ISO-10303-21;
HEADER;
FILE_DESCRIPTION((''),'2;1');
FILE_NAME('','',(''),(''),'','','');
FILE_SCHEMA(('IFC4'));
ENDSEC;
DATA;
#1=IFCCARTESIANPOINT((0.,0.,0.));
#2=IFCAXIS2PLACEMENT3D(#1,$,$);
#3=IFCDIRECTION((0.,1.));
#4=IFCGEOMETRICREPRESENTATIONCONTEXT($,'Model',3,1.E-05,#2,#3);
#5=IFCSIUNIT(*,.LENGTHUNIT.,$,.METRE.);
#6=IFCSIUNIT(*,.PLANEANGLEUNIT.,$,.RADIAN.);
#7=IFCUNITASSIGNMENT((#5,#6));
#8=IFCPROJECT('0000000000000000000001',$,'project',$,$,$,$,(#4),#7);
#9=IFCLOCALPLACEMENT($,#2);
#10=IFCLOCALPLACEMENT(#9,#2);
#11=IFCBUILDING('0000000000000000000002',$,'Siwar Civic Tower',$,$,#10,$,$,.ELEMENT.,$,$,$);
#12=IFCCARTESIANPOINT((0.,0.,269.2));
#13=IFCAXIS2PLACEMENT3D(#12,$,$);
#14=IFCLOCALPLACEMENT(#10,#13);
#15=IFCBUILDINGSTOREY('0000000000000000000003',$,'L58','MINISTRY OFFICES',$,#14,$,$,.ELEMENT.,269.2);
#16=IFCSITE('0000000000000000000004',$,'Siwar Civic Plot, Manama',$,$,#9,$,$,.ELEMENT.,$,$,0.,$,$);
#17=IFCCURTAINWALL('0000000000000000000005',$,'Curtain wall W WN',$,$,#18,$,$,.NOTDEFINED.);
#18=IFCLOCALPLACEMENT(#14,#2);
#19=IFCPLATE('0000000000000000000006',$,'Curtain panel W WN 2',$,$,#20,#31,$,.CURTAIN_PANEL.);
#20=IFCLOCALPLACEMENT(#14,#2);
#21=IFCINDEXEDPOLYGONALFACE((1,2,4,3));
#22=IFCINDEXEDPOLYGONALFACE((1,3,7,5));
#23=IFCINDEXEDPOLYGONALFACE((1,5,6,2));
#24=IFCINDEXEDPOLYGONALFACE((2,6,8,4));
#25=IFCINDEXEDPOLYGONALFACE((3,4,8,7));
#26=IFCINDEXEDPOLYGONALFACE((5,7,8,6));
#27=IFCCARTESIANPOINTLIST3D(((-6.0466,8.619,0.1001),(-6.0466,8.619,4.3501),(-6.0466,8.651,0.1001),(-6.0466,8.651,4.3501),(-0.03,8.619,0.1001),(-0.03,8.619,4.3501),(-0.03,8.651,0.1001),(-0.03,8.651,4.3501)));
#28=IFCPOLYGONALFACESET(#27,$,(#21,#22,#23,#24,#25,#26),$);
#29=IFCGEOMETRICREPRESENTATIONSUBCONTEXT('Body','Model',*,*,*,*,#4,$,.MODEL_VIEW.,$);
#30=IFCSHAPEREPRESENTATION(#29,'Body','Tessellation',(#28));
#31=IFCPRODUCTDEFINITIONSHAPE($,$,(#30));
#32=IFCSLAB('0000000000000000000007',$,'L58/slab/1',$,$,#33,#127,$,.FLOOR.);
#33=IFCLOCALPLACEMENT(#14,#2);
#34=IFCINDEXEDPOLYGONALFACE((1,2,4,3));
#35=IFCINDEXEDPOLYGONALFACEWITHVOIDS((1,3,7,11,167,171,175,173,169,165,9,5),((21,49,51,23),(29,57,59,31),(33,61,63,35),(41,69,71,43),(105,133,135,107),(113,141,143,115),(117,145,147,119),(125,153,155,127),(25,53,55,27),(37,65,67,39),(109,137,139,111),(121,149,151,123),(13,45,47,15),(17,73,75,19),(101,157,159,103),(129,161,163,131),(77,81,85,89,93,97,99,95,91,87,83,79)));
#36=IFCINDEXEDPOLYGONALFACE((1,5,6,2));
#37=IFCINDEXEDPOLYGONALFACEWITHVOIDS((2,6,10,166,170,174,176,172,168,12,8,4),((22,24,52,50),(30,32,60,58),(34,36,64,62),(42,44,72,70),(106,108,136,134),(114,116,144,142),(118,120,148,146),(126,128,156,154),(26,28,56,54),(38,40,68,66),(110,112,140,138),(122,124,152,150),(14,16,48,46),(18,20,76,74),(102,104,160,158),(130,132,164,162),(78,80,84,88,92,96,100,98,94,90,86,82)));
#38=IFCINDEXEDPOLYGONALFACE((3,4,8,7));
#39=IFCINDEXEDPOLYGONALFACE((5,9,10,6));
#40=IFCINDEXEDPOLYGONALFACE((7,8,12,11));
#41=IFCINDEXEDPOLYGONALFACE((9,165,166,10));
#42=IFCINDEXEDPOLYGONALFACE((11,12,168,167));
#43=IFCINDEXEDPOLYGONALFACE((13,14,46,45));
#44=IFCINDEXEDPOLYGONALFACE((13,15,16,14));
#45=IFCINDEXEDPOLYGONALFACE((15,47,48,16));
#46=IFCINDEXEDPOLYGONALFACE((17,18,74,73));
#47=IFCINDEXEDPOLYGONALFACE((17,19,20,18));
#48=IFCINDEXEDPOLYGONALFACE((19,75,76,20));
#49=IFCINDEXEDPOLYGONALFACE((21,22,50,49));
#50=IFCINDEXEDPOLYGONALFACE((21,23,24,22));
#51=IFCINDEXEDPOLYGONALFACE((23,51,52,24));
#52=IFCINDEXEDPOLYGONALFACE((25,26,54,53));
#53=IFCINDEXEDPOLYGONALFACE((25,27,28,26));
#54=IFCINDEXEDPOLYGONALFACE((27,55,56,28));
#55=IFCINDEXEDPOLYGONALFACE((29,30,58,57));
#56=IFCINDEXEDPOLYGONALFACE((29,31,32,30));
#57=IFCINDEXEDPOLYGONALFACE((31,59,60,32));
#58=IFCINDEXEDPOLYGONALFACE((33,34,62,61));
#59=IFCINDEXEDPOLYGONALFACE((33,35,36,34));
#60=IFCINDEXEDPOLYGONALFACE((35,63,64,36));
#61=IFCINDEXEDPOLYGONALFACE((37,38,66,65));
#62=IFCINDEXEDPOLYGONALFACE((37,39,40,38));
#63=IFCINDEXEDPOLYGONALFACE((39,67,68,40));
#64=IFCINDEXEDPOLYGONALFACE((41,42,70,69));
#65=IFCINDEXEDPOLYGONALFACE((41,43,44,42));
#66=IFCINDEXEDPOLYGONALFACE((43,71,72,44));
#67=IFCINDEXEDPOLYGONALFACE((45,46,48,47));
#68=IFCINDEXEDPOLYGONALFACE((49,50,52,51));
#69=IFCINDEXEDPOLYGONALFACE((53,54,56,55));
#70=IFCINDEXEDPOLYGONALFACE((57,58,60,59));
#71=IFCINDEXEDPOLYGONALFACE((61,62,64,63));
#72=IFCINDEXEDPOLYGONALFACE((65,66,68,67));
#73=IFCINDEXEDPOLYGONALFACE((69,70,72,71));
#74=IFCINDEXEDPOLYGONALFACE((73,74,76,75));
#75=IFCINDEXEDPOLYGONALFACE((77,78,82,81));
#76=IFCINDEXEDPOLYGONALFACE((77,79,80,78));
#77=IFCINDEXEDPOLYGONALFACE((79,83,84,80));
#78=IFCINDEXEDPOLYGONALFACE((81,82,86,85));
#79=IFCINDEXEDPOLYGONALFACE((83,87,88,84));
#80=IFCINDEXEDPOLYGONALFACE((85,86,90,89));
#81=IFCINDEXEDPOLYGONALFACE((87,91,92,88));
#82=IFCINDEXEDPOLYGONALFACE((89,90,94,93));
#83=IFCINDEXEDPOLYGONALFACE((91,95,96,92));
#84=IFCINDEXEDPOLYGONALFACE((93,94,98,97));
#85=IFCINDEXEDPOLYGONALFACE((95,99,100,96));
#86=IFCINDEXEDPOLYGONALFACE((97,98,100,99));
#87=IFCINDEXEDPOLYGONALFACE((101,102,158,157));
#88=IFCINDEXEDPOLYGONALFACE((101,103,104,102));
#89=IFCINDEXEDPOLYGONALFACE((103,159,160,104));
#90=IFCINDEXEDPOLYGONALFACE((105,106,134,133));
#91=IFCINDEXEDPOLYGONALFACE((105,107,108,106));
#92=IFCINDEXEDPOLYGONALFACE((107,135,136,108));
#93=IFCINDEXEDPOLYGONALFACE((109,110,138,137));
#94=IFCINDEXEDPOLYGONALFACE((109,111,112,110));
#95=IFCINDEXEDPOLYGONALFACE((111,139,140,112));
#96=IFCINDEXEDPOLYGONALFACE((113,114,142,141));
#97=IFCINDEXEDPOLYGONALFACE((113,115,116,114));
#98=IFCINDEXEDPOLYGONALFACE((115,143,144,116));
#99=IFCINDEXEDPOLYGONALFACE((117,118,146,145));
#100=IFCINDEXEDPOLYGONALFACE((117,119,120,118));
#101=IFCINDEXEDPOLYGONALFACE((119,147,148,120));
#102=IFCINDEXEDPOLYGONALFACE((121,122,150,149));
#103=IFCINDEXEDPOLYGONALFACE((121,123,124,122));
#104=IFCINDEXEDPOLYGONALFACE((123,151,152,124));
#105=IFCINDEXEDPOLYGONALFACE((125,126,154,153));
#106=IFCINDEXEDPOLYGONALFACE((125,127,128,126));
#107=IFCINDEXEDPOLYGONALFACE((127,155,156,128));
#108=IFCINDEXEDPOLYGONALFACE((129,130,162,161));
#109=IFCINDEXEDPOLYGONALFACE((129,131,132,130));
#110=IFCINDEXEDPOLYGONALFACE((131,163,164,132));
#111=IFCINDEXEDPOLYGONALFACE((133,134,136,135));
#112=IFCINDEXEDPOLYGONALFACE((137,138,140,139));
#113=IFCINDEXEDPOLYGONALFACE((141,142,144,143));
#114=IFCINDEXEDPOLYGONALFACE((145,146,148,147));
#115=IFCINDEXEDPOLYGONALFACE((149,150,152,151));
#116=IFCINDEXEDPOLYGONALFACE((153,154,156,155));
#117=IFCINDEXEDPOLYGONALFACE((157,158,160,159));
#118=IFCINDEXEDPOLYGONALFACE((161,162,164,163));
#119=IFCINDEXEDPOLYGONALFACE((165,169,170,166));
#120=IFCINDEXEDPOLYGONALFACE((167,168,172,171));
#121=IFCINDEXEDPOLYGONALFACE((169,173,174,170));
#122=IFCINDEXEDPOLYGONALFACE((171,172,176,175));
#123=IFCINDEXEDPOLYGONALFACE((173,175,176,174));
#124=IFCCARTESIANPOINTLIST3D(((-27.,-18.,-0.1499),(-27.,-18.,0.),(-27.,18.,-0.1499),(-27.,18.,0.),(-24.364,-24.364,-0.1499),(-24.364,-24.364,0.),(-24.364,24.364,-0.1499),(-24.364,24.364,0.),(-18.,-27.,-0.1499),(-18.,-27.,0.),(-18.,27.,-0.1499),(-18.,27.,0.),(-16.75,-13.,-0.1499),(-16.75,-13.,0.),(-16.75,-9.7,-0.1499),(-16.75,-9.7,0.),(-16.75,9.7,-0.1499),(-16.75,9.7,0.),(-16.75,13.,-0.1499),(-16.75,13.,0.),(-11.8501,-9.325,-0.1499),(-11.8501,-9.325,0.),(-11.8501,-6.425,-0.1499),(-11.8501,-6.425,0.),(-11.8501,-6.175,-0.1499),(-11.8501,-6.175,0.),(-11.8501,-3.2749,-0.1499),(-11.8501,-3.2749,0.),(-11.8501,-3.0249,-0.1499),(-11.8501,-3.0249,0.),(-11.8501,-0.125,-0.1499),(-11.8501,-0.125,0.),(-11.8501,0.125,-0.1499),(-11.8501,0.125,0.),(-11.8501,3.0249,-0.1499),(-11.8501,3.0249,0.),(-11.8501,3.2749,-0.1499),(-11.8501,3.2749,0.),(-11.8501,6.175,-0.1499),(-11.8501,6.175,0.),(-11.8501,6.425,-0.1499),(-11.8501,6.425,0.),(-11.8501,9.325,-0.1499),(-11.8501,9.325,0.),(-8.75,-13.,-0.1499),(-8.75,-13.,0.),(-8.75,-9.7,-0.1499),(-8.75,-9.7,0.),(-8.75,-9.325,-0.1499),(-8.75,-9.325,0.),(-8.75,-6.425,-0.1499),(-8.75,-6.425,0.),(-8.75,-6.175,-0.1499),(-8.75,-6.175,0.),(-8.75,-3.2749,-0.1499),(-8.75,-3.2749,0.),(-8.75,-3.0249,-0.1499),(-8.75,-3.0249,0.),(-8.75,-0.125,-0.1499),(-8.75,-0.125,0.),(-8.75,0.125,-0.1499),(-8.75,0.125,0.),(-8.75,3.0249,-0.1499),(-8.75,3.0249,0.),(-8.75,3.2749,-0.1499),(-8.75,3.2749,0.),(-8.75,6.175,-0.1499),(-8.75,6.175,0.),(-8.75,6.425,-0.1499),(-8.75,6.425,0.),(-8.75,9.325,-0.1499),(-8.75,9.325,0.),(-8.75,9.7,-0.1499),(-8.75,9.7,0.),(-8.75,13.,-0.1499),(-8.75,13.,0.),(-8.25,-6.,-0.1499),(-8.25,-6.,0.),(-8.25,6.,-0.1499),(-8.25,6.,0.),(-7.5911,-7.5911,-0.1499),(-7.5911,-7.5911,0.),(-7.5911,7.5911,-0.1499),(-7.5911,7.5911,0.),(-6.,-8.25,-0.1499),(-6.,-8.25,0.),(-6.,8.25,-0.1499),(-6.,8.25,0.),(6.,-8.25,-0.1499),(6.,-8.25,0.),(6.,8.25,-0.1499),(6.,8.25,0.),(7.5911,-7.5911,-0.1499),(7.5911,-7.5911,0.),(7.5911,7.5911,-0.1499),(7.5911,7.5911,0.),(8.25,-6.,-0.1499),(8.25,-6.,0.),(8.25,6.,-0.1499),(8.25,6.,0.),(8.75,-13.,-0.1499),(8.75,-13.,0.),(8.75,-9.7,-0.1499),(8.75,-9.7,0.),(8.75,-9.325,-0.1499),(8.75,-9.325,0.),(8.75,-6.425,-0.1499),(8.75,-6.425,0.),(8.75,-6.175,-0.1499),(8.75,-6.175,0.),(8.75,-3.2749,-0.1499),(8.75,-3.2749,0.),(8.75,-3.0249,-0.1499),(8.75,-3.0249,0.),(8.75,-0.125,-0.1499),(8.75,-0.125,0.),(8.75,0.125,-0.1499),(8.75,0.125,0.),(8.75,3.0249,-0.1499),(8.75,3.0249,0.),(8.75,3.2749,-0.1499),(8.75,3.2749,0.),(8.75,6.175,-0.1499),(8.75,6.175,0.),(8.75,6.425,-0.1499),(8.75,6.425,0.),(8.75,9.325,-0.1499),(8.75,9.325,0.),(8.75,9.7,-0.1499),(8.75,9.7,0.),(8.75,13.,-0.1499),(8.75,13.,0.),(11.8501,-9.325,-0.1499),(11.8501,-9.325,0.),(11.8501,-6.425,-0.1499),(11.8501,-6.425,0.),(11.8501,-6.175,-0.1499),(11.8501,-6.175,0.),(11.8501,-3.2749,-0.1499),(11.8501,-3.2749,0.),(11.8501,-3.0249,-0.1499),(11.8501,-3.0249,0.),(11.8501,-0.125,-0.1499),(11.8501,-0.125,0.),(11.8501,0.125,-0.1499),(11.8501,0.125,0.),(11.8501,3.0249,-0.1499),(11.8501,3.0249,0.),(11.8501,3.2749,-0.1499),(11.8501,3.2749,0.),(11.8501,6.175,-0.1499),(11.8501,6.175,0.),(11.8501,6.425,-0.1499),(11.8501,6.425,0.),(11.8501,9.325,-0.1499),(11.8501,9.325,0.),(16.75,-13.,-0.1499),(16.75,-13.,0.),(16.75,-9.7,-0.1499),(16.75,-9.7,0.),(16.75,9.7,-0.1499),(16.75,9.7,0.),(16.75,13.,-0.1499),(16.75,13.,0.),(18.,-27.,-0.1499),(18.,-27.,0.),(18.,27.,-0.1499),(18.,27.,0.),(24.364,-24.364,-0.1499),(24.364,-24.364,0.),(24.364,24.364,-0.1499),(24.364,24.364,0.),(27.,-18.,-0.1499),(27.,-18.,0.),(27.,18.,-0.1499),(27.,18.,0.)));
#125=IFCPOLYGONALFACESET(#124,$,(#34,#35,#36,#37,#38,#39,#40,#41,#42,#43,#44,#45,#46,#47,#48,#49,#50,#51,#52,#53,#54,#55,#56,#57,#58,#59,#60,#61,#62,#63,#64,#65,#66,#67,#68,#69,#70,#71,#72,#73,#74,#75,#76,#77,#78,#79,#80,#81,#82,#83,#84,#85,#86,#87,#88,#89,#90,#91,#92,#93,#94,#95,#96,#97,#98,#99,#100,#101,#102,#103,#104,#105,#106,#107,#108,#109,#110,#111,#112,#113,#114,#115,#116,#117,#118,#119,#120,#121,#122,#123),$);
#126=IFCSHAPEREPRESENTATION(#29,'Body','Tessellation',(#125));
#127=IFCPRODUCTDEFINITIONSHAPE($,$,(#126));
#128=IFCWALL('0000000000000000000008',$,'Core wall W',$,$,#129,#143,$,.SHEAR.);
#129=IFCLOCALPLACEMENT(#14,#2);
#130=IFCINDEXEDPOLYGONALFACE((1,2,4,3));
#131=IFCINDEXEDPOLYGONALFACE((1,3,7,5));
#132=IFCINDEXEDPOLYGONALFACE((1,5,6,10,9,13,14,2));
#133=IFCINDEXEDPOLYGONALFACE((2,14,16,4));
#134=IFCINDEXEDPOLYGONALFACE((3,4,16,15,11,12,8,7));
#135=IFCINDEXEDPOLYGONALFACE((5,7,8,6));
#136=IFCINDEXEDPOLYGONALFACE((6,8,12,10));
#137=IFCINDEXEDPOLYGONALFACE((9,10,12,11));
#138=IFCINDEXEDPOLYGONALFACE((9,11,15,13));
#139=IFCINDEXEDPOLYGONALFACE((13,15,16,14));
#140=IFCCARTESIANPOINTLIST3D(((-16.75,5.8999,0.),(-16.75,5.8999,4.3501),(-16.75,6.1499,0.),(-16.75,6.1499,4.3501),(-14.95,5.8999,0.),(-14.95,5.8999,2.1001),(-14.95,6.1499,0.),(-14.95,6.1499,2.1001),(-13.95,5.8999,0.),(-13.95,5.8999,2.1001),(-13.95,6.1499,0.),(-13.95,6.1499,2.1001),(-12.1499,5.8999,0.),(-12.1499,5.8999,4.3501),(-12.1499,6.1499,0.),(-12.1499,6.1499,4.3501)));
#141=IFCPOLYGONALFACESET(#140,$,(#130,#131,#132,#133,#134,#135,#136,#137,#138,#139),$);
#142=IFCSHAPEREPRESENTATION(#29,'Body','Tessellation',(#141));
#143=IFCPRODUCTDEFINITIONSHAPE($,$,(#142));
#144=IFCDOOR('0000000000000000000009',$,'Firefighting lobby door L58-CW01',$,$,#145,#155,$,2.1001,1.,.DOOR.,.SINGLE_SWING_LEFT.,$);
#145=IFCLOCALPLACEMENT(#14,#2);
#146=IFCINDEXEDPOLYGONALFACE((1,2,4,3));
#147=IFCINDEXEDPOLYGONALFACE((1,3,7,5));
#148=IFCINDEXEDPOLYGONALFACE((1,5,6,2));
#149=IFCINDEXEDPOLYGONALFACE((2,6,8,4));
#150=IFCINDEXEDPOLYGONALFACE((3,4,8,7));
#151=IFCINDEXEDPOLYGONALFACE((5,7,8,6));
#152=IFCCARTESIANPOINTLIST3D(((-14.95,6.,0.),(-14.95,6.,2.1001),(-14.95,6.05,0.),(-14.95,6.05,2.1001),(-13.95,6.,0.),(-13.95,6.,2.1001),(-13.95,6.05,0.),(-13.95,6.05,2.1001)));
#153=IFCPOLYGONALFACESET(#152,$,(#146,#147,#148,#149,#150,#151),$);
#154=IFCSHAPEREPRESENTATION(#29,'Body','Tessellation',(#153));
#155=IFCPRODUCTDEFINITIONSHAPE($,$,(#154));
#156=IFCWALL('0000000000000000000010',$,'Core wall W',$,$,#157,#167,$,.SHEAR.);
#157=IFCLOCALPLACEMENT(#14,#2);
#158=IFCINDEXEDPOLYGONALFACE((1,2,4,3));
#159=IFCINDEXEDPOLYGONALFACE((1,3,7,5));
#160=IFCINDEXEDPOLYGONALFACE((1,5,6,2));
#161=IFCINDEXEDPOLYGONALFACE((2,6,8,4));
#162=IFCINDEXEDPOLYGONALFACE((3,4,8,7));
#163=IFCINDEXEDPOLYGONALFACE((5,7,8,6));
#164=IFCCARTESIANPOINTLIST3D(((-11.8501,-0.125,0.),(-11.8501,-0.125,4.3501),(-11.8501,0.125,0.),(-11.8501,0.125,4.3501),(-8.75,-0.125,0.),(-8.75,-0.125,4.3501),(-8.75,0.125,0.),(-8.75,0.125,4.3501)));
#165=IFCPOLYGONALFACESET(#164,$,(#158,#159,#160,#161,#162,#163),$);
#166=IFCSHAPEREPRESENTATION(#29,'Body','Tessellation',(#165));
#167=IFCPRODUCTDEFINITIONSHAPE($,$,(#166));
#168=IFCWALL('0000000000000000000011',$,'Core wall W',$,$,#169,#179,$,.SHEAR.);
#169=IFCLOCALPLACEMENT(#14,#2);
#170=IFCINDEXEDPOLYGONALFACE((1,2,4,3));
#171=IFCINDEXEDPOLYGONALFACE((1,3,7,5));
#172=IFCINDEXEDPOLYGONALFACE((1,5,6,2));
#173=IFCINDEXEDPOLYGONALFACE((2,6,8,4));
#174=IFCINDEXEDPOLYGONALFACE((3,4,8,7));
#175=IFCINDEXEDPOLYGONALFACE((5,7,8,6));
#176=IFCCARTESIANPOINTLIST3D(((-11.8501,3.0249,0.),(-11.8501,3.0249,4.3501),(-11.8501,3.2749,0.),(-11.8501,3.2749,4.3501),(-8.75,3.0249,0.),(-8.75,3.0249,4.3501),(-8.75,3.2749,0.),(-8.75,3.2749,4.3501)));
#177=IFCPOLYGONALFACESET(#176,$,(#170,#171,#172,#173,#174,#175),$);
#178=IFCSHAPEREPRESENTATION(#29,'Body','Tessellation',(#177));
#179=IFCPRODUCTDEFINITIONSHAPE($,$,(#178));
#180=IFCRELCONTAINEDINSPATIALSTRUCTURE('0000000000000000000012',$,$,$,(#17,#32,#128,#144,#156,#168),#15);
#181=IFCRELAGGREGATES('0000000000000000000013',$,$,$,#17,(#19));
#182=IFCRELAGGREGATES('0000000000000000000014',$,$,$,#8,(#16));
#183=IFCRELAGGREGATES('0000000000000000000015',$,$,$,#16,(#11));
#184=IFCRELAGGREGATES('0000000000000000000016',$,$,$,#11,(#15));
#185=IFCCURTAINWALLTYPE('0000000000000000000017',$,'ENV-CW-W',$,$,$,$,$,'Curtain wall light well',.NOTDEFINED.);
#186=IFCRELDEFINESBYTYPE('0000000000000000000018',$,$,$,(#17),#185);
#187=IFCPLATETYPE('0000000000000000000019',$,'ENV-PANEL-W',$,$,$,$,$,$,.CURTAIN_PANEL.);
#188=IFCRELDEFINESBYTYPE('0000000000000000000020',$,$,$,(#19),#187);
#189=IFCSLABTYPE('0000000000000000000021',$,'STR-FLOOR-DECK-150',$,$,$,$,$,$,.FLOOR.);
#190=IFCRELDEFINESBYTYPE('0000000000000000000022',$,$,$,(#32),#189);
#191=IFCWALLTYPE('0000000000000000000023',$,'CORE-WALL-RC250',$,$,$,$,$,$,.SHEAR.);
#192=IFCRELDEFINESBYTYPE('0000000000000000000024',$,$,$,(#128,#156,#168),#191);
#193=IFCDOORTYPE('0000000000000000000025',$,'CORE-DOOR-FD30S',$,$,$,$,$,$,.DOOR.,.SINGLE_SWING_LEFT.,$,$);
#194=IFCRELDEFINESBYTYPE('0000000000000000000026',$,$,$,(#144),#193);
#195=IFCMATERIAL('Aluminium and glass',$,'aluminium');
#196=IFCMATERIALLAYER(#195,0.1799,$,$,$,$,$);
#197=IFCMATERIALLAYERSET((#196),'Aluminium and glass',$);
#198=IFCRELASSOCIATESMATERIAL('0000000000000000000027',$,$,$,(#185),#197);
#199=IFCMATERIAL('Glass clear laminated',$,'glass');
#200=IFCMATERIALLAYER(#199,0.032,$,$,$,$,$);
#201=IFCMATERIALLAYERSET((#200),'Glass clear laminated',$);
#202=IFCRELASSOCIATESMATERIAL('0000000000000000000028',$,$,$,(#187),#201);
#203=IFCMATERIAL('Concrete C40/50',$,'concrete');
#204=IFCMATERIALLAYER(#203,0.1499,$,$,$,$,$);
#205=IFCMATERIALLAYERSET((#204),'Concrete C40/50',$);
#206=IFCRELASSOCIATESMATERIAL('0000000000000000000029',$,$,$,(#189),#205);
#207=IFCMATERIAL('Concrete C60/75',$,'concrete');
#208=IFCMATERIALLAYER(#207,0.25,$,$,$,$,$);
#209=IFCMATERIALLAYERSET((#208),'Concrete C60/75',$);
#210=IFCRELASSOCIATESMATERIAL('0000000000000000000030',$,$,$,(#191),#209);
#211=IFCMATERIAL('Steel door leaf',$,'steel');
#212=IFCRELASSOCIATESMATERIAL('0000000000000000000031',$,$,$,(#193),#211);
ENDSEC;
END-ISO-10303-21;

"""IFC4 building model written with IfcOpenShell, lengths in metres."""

from ifc_helpers import new_model, si_unit, direction, frame, frame_2d, origin, origin_2d, place, context, subcontext, project, spatial, polyline, rectangle, outline, extrude, material, layer, layer_set, type_object, element, fill, aggregate, save


model = new_model("IFC4")

# Units and contexts
model_context = context("Model", 3, precision=1e-05, world=origin(), true_north=direction((0.0, 1.0)))
body_context = subcontext(model_context, "Body", "Model", "MODEL_VIEW")
ifc_project = project(units=[si_unit("LENGTHUNIT", "METRE"), si_unit("PLANEANGLEUNIT", "RADIAN")], contexts=[model_context])

# Site, building, storey
site_placement = place(None, origin())
site = spatial("IfcSite", under=ifc_project, at=site_placement, Name="Siwar Civic Plot, Manama", CompositionType="ELEMENT", RefElevation=0.0)
building_placement = place(site_placement, origin())
building = spatial("IfcBuilding", under=site, at=building_placement, Name="Siwar Civic Tower", CompositionType="ELEMENT")
storey_placement = place(building_placement, frame((0.0, 0.0, 269.2)))
storey = spatial("IfcBuildingStorey", under=building, at=storey_placement, Name="L58", Description="MINISTRY OFFICES", CompositionType="ELEMENT", Elevation=269.2)

# Curtain wall
ifc_material_1 = material(Name="Aluminium and glass", Category="aluminium")
ifc_layer_1 = layer(ifc_material_1, 0.1799)
ifc_layer_set_1 = layer_set([ifc_layer_1], Name="Aluminium and glass")
curtain_wall_type = type_object("IfcCurtainWallType", Name="ENV-CW-W", ElementType="Curtain wall light well", PredefinedType="NOTDEFINED", material=ifc_layer_set_1)
curtain_wall_placement = place(storey_placement, origin())
curtain_wall = element("IfcCurtainWall", 1, at=curtain_wall_placement, inside=storey, type_object=curtain_wall_type, Name="Curtain wall W WN", PredefinedType="NOTDEFINED")

# Plate
ifc_material_2 = material(Name="Glass clear laminated", Category="glass")
ifc_layer_2 = layer(ifc_material_2, 0.032)
ifc_layer_set_2 = layer_set([ifc_layer_2], Name="Glass clear laminated")
plate_type = type_object("IfcPlateType", Name="ENV-PANEL-W", PredefinedType="CURTAIN_PANEL", material=ifc_layer_set_2)
plate_placement = place(storey_placement, frame((-3.0383, 8.635, 0.1001), z_axis=(0.0, 0.0, 1.0), x_axis=(-1.0, 0.0, 0.0)))
plate = element("IfcPlate", 2, at=plate_placement, type_object=plate_type, Name="Curtain panel W WN 2", PredefinedType="CURTAIN_PANEL", context=body_context, shape_type="SweptSolid", body=[
    extrude(rectangle(XDim=6.0166, YDim=0.032, at=origin_2d()), origin(), (0.0, 0.0, 1.0), 4.25),
])
aggregate(curtain_wall, [plate])

# Slab
ifc_material_3 = material(Name="Concrete C40/50", Category="concrete")
ifc_layer_3 = layer(ifc_material_3, 0.1499)
ifc_layer_set_3 = layer_set([ifc_layer_3], Name="Concrete C40/50")
slab_type = type_object("IfcSlabType", Name="STR-FLOOR-DECK-150", PredefinedType="FLOOR", material=ifc_layer_set_3)
slab_placement = place(storey_placement, frame((0.0, 0.0, -0.1499)))
element("IfcSlab", 3, at=slab_placement, inside=storey, type_object=slab_type, Name="L58/slab/1", PredefinedType="FLOOR", context=body_context, shape_type="SweptSolid", body=[
    extrude(outline(polyline([(-18.0, -27.0), (18.0, -27.0), (24.364, -24.364), (27.0, -18.0), (27.0, 18.0), (24.364, 24.364), (18.0, 27.0), (-18.0, 27.0), (-24.364, 24.364), (-27.0, 18.0), (-27.0, -18.0), (-24.364, -24.364), (-18.0, -27.0)]), holes=[polyline([(16.75, 13.0), (16.75, 9.7), (8.75, 9.7), (8.75, 13.0), (16.75, 13.0)]), polyline([(8.75, -9.7), (16.75, -9.7), (16.75, -13.0), (8.75, -13.0), (8.75, -9.7)]), polyline([(11.8501, 9.325), (11.8501, 6.425), (8.75, 6.425), (8.75, 9.325), (11.8501, 9.325)]), polyline([(8.75, 6.175), (11.8501, 6.175), (11.8501, 3.2749), (8.75, 3.2749), (8.75, 6.175)]), polyline([(8.75, 3.0249), (11.8501, 3.0249), (11.8501, 0.125), (8.75, 0.125), (8.75, 3.0249)]), polyline([(8.75, -0.125), (11.8501, -0.125), (11.8501, -3.0249), (8.75, -3.0249), (8.75, -0.125)]), polyline([(8.75, -3.2749), (11.8501, -3.2749), (11.8501, -6.175), (8.75, -6.175), (8.75, -3.2749)]), polyline([(8.75, -6.425), (11.8501, -6.425), (11.8501, -9.325), (8.75, -9.325), (8.75, -6.425)]), polyline([(-6.0, 8.25), (6.0, 8.25), (7.5911, 7.5911), (8.25, 6.0), (8.25, -6.0), (7.5911, -7.5911), (6.0, -8.25), (-6.0, -8.25), (-7.5911, -7.5911), (-8.25, -6.0), (-8.25, 6.0), (-7.5911, 7.5911), (-6.0, 8.25)]), polyline([(-8.75, -13.0), (-16.75, -13.0), (-16.75, -9.7), (-8.75, -9.7), (-8.75, -13.0)]), polyline([(-8.75, 9.7), (-16.75, 9.7), (-16.75, 13.0), (-8.75, 13.0), (-8.75, 9.7)]), polyline([(-8.75, 6.425), (-11.8501, 6.425), (-11.8501, 9.325), (-8.75, 9.325), (-8.75, 6.425)]), polyline([(-8.75, 3.2749), (-11.8501, 3.2749), (-11.8501, 6.175), (-8.75, 6.175), (-8.75, 3.2749)]), polyline([(-8.75, 0.125), (-11.8501, 0.125), (-11.8501, 3.0249), (-8.75, 3.0249), (-8.75, 0.125)]), polyline([(-8.75, -3.0249), (-11.8501, -3.0249), (-11.8501, -0.125), (-8.75, -0.125), (-8.75, -3.0249)]), polyline([(-8.75, -6.175), (-11.8501, -6.175), (-11.8501, -3.2749), (-8.75, -3.2749), (-8.75, -6.175)]), polyline([(-8.75, -9.325), (-11.8501, -9.325), (-11.8501, -6.425), (-8.75, -6.425), (-8.75, -9.325)])]), origin(), (0.0, 0.0, 1.0), 0.1499),
])

# Wall, opening, door
ifc_material_4 = material(Name="Concrete C60/75", Category="concrete")
ifc_layer_4 = layer(ifc_material_4, 0.25)
ifc_layer_set_4 = layer_set([ifc_layer_4], Name="Concrete C60/75")
wall_type_1 = type_object("IfcWallType", Name="CORE-WALL-RC250", PredefinedType="SHEAR", material=ifc_layer_set_4)
wall_1_placement = place(storey_placement, frame((-12.1499, 6.0249, 0.0), z_axis=(0.0, 0.0, 1.0), x_axis=(-1.0, 0.0, 0.0)))
wall_1 = element("IfcWall", 4, at=wall_1_placement, inside=storey, type_object=wall_type_1, Name="Core wall W", PredefinedType="SHEAR", context=body_context, shape_type="SweptSolid", body=[
    extrude(rectangle(XDim=4.6001, YDim=0.25, at=frame_2d((2.3, 0.0))), origin(), (0.0, 0.0, 1.0), 4.3501),
])
opening_1_placement = place(wall_1_placement, frame((1.8, 0.0, 0.0)))
opening_1 = element("IfcOpeningElement", 5, at=opening_1_placement, cuts=wall_1, PredefinedType="OPENING", context=body_context, shape_type="SweptSolid", body=[
    extrude(rectangle(XDim=1.0, YDim=2.1001, at=frame_2d((0.5, 1.05))), frame((0.0, 0.135, 0.0), z_axis=(0.0, -1.0, 0.0), x_axis=(1.0, 0.0, 0.0)), (0.0, 0.0, 1.0), 0.27),
])
ifc_material_5 = material(Name="Steel door leaf", Category="steel")
door_type_1 = type_object("IfcDoorType", Name="CORE-DOOR-FD30S", OperationType="SINGLE_SWING_LEFT", PredefinedType="DOOR", material=ifc_material_5)
door_1_placement = place(opening_1_placement, origin())
door_1 = element("IfcDoor", 6, at=door_1_placement, inside=storey, type_object=door_type_1, Name="Firefighting lobby door L58-CW01", OperationType="SINGLE_SWING_LEFT", OverallHeight=2.1001, OverallWidth=1.0, PredefinedType="DOOR", context=body_context, shape_type="SweptSolid", body=[
    extrude(rectangle(XDim=1.0, YDim=2.1001, at=frame_2d((0.5, 1.05))), frame((0.0, 0.0249, 0.0), z_axis=(0.0, -1.0, 0.0), x_axis=(1.0, 0.0, 0.0)), (0.0, 0.0, 1.0), 0.05),
])
fill(opening_1, door_1)

# Walls
for number, where, z_axis, x_axis, name in (
    (7, (-8.75, 0.0, 0.0), (0.0, 0.0, 1.0), (-1.0, 0.0, 0.0), "Core wall W"),
    (8, (-8.75, 3.1499, 0.0), (0.0, 0.0, 1.0), (-1.0, 0.0, 0.0), "Core wall W"),
):
    element("IfcWall", number, at=place(storey_placement, frame(where, z_axis=z_axis, x_axis=x_axis)), inside=storey, type_object=wall_type_1, Name=name, PredefinedType="SHEAR", context=body_context, shape_type="SweptSolid", body=[
        extrude(rectangle(XDim=3.1001, YDim=0.25, at=frame_2d((1.55, 0.0))), origin(), (0.0, 0.0, 1.0), 4.3501),
    ])

save(model, "model.ifc")
